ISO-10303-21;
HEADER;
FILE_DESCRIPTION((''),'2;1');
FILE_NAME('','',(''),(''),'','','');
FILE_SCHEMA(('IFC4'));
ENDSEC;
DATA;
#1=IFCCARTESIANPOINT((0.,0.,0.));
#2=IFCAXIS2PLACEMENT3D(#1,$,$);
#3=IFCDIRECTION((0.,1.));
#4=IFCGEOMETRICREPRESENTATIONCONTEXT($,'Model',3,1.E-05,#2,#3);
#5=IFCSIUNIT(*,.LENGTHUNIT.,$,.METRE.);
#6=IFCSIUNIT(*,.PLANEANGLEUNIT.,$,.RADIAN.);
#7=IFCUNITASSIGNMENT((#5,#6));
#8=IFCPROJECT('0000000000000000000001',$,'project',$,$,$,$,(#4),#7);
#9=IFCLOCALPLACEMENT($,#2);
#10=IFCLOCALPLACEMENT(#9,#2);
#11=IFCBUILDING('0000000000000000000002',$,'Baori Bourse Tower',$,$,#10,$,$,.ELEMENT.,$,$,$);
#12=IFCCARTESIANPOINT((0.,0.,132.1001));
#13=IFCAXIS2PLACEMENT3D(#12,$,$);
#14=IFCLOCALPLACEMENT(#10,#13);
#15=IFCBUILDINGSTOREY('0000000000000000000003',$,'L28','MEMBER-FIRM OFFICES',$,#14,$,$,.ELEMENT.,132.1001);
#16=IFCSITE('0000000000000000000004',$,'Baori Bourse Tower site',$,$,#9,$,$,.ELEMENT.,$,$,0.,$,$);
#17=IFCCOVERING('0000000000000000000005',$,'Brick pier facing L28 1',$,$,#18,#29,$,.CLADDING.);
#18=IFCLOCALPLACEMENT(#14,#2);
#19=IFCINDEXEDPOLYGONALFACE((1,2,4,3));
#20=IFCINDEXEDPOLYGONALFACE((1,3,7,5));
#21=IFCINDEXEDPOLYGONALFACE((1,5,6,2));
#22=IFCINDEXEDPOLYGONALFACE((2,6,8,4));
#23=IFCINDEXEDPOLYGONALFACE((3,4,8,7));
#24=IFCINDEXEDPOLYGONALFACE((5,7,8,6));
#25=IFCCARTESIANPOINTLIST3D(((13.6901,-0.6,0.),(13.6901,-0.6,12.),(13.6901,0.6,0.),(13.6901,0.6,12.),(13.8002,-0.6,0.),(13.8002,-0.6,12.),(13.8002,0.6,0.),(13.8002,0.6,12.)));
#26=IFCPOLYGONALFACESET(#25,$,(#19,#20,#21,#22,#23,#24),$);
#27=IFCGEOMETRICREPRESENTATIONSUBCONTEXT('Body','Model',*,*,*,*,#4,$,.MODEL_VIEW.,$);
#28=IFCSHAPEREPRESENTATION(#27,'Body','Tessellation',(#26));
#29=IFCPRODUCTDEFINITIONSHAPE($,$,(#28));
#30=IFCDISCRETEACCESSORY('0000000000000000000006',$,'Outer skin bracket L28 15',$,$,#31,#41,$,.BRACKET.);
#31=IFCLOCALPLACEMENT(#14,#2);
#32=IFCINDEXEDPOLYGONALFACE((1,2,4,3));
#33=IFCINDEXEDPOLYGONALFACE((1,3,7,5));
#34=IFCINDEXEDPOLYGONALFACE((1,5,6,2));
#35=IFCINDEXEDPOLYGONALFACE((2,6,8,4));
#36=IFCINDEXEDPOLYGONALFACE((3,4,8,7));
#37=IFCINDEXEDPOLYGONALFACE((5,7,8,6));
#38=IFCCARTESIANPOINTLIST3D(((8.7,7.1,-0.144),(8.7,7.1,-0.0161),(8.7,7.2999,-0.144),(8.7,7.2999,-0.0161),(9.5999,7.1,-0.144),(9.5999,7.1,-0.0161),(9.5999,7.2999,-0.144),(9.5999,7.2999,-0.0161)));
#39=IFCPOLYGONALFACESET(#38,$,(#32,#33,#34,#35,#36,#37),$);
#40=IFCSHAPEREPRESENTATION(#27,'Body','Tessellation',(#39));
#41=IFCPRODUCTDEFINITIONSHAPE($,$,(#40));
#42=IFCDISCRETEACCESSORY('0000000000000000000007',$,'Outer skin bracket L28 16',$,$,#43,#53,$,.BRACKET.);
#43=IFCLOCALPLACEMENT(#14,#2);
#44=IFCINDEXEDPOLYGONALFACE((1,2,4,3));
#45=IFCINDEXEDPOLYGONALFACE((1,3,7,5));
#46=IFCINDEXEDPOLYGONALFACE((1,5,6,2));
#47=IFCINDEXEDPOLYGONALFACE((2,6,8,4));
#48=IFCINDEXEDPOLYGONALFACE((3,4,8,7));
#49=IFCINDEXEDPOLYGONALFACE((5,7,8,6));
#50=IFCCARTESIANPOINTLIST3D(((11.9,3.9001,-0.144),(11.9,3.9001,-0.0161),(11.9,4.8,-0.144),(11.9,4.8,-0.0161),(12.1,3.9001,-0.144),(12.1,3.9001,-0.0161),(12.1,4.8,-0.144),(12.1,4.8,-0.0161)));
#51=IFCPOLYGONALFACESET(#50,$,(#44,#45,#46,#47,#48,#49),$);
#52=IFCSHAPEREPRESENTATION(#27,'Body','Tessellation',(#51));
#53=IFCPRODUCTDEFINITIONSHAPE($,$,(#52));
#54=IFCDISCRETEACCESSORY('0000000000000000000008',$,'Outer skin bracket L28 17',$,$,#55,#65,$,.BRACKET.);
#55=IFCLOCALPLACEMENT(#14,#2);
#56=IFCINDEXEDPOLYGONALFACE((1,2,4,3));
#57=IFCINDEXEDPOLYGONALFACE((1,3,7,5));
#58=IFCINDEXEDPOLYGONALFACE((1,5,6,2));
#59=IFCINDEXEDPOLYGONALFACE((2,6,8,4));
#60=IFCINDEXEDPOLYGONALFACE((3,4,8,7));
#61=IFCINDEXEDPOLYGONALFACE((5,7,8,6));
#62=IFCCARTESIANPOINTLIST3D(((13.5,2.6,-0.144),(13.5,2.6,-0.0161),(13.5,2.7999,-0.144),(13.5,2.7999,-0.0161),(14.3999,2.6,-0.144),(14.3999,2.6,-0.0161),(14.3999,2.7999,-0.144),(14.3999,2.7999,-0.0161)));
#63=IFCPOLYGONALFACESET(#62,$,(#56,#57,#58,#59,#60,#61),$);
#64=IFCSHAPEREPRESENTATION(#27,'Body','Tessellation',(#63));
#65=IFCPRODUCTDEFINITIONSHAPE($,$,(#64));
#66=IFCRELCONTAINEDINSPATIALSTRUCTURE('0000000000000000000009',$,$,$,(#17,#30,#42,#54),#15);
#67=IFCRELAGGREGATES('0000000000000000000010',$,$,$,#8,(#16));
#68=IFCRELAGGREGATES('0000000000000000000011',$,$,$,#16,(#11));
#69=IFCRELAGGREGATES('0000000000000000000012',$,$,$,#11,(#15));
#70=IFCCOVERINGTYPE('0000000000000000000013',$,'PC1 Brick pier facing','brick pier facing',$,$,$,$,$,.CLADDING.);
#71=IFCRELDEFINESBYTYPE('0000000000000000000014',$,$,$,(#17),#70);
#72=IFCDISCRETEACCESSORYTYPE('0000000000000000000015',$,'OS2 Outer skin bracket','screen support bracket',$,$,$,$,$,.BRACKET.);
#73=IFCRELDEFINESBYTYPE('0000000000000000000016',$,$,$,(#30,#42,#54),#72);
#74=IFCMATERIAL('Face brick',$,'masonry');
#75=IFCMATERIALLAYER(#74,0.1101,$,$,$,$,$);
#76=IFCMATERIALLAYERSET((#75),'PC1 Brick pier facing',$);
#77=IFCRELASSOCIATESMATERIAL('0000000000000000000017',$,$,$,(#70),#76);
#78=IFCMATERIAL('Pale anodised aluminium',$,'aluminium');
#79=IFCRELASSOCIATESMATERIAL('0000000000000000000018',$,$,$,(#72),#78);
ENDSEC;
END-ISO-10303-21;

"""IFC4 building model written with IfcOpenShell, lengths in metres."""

from ifc_helpers import new_model, si_unit, direction, frame, origin, origin_2d, place, context, subcontext, project, spatial, rectangle, extrude, material, layer, layer_set, type_object, element, save


model = new_model("IFC4")

# Units and contexts
model_context = context("Model", 3, precision=1e-05, world=origin(), true_north=direction((0.0, 1.0)))
body_context = subcontext(model_context, "Body", "Model", "MODEL_VIEW")
ifc_project = project(units=[si_unit("LENGTHUNIT", "METRE"), si_unit("PLANEANGLEUNIT", "RADIAN")], contexts=[model_context])

# Site, building, storey
site_placement = place(None, origin())
site = spatial("IfcSite", under=ifc_project, at=site_placement, Name="Baori Bourse Tower site", CompositionType="ELEMENT", RefElevation=0.0)
building_placement = place(site_placement, origin())
building = spatial("IfcBuilding", under=site, at=building_placement, Name="Baori Bourse Tower", CompositionType="ELEMENT")
storey_placement = place(building_placement, frame((0.0, 0.0, 132.1001)))
storey = spatial("IfcBuildingStorey", under=building, at=storey_placement, Name="L28", Description="MEMBER-FIRM OFFICES", CompositionType="ELEMENT", Elevation=132.1001)

# Covering
ifc_material_1 = material(Name="Face brick", Category="masonry")
ifc_layer_1 = layer(ifc_material_1, 0.1101)
ifc_layer_set_1 = layer_set([ifc_layer_1], Name="PC1 Brick pier facing")
covering_type = type_object("IfcCoveringType", Name="PC1 Brick pier facing", Description="brick pier facing", PredefinedType="CLADDING", material=ifc_layer_set_1)
covering_placement = place(storey_placement, frame((13.7451, 0.0, 0.0), z_axis=(0.0, 0.0, 1.0), x_axis=(1.0, 0.0, 0.0)))
element("IfcCovering", 1, at=covering_placement, inside=storey, type_object=covering_type, Name="Brick pier facing L28 1", PredefinedType="CLADDING", context=body_context, shape_type="SweptSolid", body=[
    extrude(rectangle(XDim=0.1101, YDim=1.2, at=origin_2d()), origin(), (0.0, 0.0, 1.0), 12.0),
])

# Discrete accessories
ifc_material_2 = material(Name="Pale anodised aluminium", Category="aluminium")
discrete_accessory_type = type_object("IfcDiscreteAccessoryType", Name="OS2 Outer skin bracket", Description="screen support bracket", PredefinedType="BRACKET", material=ifc_material_2)
for number, where, z_axis, x_axis, name in (
    (2, (9.1499, 7.2, -0.144), (0.0, 0.0, 1.0), (0.0, -1.0, 0.0), "Outer skin bracket L28 15"),
    (3, (12.0, 4.3501, -0.144), (0.0, 0.0, 1.0), (1.0, 0.0, 0.0), "Outer skin bracket L28 16"),
    (4, (13.95, 2.7, -0.144), (0.0, 0.0, 1.0), (0.0, -1.0, 0.0), "Outer skin bracket L28 17"),
):
    element("IfcDiscreteAccessory", number, at=place(storey_placement, frame(where, z_axis=z_axis, x_axis=x_axis)), inside=storey, type_object=discrete_accessory_type, Name=name, PredefinedType="BRACKET", context=body_context, shape_type="SweptSolid", body=[
        extrude(rectangle(XDim=0.2, YDim=0.8999, at=origin_2d()), origin(), (0.0, 0.0, 1.0), 0.1279),
    ])

save(model, "model.ifc")
